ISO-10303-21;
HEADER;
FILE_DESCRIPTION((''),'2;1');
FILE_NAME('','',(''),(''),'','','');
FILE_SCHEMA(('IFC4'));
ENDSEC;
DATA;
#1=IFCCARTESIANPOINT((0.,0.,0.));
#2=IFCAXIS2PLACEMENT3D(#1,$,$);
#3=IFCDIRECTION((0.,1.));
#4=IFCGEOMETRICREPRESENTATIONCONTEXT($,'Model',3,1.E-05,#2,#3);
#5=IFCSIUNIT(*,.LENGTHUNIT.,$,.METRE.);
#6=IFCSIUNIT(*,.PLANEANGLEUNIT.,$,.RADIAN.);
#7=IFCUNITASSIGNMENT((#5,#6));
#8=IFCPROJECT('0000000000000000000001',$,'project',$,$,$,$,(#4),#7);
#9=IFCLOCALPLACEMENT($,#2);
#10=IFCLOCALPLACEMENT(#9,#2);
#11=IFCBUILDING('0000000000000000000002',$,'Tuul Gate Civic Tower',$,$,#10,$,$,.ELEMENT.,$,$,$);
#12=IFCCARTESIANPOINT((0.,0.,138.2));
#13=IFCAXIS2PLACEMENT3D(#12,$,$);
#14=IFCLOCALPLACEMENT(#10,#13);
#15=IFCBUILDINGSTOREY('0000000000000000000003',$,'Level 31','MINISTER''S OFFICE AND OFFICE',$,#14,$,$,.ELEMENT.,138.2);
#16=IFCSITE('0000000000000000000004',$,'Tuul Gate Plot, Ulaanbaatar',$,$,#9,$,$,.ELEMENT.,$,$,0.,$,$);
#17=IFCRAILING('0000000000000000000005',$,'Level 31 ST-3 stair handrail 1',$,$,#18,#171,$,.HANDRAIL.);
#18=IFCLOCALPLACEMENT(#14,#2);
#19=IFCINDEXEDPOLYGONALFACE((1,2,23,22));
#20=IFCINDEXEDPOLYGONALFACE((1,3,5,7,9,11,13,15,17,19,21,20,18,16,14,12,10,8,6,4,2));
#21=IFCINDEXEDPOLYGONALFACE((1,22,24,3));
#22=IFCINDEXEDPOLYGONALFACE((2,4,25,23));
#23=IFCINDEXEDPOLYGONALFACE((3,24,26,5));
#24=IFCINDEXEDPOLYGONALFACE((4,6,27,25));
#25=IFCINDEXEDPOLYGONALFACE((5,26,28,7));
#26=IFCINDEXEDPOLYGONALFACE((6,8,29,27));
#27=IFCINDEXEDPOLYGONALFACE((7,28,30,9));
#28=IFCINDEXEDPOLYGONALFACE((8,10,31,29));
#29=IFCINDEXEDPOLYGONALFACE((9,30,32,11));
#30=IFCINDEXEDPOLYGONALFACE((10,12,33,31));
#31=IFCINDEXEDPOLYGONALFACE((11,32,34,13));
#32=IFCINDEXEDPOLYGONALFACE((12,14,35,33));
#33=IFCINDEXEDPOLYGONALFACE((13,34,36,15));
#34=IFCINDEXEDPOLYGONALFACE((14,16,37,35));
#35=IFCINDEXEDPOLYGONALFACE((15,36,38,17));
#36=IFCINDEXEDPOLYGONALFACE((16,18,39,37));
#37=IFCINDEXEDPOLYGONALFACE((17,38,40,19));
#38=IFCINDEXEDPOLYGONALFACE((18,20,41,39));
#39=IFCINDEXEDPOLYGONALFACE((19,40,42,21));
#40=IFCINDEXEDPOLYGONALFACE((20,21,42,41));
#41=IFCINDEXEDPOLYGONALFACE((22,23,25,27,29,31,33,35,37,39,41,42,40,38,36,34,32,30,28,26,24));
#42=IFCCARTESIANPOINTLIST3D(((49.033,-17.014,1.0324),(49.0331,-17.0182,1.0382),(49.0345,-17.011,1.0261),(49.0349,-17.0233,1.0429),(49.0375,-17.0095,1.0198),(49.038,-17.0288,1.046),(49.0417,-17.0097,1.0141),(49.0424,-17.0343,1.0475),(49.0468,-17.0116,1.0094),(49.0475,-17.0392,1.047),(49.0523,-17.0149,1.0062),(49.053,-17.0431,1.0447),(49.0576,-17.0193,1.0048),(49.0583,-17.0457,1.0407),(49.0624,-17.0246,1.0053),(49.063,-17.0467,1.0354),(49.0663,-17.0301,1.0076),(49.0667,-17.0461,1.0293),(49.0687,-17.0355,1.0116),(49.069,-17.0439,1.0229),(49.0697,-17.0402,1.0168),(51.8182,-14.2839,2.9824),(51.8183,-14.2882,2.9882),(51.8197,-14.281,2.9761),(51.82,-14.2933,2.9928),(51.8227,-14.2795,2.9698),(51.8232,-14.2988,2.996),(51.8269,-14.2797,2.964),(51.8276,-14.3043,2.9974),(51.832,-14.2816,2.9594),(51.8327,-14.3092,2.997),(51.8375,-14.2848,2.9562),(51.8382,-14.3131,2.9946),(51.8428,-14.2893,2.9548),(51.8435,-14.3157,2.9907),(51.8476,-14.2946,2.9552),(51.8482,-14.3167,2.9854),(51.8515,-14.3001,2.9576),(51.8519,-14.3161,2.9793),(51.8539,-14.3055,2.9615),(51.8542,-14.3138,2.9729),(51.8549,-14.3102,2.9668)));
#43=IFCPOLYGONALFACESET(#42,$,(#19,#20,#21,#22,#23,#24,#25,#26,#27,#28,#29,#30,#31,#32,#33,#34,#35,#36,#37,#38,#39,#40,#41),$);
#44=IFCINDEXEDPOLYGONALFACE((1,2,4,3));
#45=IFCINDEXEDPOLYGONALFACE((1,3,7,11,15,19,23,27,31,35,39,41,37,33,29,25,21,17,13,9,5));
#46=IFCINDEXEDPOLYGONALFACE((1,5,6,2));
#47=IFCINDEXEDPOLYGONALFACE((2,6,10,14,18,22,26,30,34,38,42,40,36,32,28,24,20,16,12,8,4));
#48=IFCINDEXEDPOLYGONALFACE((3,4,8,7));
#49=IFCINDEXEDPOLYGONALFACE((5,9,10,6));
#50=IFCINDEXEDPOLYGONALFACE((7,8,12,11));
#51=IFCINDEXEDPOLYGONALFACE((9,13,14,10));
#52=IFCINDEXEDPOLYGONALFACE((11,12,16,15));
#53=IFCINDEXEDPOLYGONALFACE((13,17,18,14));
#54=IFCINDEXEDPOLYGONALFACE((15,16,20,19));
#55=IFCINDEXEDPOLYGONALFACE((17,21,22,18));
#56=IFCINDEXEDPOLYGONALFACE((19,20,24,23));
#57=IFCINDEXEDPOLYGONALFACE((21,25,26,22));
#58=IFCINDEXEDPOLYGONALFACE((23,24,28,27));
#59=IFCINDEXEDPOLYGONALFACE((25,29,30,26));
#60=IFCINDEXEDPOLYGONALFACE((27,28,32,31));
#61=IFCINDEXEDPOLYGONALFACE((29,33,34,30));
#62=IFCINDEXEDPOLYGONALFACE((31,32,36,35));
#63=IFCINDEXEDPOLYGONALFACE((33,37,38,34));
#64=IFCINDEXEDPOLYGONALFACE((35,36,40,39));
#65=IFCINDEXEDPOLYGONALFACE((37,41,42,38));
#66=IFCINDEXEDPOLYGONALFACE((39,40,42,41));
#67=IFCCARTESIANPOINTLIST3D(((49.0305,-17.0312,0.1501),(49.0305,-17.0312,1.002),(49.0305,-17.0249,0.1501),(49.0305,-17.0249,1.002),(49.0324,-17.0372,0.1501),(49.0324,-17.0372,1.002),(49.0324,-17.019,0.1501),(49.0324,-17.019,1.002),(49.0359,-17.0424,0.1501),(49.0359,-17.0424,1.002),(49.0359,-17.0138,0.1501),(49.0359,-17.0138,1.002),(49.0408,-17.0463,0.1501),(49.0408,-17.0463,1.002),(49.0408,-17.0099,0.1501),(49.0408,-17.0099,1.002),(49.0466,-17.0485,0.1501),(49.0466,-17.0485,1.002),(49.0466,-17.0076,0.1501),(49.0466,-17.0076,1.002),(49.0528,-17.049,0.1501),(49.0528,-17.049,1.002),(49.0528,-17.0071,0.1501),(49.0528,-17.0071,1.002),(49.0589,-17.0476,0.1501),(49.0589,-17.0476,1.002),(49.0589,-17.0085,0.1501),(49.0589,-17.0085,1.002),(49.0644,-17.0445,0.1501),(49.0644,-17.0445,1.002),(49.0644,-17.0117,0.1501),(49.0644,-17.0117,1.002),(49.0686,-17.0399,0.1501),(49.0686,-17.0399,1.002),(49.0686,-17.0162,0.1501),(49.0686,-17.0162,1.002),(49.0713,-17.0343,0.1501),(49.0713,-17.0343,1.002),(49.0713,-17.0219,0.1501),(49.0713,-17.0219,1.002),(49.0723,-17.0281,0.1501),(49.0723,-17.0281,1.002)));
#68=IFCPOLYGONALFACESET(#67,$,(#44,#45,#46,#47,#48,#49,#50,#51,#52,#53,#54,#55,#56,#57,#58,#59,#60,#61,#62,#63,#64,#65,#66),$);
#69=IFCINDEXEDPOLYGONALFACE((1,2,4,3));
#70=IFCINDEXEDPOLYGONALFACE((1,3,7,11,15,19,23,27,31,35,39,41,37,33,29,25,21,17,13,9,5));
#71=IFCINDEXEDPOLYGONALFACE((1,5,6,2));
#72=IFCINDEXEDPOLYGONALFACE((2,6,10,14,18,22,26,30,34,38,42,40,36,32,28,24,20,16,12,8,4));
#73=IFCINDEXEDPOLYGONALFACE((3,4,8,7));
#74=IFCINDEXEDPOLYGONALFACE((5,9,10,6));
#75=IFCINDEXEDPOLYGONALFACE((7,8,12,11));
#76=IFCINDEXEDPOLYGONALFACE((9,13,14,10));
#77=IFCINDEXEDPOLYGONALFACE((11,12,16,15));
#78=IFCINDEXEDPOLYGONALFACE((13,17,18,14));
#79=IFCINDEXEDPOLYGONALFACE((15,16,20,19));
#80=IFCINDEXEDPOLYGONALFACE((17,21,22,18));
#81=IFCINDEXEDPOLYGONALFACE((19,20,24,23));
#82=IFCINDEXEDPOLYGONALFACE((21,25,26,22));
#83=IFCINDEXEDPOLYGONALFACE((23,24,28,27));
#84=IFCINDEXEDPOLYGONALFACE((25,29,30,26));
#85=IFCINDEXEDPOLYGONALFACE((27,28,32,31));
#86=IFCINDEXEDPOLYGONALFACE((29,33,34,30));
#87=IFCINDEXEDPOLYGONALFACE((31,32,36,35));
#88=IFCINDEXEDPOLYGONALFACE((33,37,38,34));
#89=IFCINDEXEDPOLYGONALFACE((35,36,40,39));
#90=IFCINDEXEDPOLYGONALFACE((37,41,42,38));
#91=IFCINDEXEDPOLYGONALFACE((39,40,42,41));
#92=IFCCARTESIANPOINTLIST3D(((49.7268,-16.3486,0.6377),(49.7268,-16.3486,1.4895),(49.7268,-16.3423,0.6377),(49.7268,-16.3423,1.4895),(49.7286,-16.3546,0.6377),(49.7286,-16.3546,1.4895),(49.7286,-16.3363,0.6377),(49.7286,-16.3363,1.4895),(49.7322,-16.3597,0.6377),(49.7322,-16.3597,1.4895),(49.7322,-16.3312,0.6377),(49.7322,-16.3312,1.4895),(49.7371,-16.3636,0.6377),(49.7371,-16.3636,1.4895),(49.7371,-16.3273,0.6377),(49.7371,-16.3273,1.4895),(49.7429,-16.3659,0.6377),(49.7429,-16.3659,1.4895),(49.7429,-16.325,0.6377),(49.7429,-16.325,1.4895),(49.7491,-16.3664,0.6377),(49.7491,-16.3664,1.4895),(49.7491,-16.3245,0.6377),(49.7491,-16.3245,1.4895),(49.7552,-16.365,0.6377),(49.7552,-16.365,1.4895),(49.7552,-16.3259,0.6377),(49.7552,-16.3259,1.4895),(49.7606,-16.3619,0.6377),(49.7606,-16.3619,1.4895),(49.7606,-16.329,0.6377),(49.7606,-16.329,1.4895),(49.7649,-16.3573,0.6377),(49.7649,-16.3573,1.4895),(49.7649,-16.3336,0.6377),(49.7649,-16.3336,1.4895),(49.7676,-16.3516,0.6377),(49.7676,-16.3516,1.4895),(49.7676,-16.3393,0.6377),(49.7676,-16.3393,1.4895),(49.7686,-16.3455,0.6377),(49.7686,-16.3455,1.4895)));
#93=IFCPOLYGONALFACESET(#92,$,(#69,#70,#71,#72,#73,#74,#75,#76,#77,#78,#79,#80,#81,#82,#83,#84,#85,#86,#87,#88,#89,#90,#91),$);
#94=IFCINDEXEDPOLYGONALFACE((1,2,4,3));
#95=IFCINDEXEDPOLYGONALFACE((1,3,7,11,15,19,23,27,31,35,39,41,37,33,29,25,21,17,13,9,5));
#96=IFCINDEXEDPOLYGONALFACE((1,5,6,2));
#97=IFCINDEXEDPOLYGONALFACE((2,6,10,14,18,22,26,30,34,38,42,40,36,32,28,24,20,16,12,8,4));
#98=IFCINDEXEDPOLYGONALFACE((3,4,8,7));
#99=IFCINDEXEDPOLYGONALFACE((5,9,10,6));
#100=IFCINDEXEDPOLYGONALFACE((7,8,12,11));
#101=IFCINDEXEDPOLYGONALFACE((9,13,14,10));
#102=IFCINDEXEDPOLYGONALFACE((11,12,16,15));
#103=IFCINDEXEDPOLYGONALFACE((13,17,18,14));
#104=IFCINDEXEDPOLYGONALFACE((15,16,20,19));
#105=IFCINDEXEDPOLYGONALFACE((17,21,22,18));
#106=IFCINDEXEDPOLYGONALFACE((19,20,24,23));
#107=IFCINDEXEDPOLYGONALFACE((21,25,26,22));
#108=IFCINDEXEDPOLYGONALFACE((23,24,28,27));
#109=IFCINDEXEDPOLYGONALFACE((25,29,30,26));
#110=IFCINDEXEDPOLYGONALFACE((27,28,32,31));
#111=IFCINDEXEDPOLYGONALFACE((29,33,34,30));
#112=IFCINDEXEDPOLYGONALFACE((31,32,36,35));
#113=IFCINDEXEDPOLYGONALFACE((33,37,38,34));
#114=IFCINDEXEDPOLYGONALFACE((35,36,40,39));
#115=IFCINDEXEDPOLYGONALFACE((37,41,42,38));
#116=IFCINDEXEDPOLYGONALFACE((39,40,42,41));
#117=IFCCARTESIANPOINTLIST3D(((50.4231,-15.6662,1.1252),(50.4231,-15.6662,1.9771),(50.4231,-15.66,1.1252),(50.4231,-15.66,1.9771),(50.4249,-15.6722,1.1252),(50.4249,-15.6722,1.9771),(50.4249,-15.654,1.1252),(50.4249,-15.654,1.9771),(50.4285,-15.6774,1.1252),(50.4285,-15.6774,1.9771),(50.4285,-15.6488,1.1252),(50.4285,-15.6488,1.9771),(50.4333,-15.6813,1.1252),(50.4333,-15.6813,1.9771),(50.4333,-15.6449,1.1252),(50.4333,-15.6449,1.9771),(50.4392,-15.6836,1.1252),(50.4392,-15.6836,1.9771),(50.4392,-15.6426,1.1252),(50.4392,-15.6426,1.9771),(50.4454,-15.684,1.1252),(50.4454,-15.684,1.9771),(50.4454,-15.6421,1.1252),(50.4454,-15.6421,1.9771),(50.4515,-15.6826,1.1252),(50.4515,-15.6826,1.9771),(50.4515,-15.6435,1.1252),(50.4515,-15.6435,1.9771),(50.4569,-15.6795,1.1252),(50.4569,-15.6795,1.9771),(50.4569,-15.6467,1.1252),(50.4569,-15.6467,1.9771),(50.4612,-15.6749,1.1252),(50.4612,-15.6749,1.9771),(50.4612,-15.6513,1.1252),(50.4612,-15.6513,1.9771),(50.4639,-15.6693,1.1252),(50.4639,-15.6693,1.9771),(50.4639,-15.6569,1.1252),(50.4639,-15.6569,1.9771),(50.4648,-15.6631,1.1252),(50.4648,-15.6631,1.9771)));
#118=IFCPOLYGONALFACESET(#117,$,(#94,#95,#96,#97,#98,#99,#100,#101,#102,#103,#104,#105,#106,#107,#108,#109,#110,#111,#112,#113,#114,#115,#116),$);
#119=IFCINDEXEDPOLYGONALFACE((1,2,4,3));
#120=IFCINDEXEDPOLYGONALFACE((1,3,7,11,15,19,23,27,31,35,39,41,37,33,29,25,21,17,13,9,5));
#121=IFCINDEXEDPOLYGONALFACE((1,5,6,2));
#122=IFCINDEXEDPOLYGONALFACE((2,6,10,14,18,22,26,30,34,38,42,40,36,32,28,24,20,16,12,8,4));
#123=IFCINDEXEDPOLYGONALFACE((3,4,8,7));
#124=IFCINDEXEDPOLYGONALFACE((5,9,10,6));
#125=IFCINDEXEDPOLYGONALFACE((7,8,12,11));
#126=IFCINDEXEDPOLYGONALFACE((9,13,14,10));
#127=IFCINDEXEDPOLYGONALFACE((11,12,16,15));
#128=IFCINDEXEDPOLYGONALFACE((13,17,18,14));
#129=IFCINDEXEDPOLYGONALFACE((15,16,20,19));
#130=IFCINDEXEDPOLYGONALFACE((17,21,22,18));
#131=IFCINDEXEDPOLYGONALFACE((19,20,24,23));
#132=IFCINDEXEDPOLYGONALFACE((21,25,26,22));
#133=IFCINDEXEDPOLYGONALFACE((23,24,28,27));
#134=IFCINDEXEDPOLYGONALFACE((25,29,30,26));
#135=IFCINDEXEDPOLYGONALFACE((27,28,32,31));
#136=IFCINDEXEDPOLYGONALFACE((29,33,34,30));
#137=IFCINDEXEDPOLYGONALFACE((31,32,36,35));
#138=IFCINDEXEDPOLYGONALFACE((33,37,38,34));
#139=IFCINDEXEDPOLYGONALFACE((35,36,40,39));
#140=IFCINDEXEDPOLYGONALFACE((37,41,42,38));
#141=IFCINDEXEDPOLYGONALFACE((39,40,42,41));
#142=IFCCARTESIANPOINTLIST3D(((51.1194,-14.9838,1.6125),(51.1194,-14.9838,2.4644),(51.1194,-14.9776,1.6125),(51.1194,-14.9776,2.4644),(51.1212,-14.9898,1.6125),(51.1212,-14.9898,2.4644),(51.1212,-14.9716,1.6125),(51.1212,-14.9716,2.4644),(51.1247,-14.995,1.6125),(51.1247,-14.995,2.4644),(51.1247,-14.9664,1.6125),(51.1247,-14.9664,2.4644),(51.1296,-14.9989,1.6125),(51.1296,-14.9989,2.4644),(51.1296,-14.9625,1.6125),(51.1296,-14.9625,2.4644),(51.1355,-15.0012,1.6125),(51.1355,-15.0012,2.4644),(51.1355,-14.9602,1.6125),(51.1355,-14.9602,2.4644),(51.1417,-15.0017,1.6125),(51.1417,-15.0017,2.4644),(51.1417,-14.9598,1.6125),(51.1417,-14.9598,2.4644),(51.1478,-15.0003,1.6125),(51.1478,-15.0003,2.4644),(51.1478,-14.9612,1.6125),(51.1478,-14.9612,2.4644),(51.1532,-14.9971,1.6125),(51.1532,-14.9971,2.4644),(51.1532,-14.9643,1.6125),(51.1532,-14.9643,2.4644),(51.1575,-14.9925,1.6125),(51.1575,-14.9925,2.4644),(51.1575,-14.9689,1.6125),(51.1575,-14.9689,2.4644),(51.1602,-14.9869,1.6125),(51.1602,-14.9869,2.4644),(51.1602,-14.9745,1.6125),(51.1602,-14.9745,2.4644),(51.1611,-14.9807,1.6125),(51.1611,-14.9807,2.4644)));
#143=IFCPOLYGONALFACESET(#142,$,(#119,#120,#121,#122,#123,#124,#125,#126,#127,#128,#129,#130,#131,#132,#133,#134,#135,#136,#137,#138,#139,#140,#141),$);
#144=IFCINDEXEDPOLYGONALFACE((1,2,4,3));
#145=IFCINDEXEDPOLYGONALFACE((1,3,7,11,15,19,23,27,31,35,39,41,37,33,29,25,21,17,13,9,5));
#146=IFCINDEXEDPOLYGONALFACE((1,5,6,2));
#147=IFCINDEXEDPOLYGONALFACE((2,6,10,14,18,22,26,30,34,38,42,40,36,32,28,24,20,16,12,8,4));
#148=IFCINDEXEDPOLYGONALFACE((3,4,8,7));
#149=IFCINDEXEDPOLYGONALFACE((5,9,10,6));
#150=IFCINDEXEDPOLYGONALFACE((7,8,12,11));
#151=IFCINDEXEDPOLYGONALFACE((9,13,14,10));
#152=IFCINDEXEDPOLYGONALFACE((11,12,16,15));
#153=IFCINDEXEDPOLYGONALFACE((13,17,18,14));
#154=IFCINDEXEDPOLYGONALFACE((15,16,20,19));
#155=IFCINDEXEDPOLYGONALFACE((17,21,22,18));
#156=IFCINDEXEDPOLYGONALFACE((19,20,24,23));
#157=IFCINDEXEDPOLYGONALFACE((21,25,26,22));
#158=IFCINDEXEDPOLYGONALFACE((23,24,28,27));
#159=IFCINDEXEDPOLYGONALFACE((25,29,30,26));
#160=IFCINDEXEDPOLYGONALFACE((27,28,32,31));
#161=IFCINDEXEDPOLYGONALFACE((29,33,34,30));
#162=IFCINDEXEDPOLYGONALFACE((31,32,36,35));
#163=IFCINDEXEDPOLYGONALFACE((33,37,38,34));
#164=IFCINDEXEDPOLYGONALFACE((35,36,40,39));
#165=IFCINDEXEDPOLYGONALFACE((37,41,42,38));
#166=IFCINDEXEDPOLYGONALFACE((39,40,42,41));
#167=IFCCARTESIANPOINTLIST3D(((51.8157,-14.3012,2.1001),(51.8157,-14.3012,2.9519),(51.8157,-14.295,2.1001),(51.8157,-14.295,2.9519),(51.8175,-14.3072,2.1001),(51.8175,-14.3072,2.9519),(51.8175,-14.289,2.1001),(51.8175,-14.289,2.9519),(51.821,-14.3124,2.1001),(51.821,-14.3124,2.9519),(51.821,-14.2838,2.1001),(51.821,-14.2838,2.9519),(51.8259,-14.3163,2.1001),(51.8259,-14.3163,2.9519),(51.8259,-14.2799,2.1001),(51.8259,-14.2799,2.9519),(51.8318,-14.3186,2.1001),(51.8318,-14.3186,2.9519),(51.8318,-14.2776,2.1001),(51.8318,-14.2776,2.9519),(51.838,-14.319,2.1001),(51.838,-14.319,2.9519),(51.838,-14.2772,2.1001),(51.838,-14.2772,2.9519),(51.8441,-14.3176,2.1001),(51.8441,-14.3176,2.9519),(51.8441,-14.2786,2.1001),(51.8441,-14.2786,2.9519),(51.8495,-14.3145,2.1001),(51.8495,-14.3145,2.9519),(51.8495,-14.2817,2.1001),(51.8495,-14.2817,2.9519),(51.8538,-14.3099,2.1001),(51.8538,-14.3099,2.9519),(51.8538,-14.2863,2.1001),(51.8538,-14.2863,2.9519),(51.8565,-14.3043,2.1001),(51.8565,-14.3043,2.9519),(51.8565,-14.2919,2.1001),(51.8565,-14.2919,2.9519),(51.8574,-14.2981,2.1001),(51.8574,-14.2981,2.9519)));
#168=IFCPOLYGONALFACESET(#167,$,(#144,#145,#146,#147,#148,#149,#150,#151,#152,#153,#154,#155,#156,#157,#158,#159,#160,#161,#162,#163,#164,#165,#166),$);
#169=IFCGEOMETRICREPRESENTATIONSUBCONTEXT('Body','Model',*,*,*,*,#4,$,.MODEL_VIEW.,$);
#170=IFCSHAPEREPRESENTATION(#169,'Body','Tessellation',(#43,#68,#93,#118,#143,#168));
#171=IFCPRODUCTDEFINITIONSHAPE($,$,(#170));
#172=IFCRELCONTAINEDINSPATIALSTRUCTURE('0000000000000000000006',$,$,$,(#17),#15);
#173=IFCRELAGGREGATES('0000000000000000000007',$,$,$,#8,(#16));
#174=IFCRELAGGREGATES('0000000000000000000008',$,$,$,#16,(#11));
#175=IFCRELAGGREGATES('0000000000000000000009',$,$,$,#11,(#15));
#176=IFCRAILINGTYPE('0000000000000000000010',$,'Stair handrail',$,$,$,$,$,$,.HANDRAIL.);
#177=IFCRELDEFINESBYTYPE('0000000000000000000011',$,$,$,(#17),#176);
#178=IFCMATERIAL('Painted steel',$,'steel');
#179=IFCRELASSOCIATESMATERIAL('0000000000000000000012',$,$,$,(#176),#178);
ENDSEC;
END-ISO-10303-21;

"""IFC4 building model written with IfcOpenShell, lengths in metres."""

from ifc_helpers import new_model, si_unit, direction, frame, origin, origin_2d, place, context, subcontext, project, spatial, circle, extrude, material, type_object, element, save


model = new_model("IFC4")

# Units and contexts
model_context = context("Model", 3, precision=1e-05, world=origin(), true_north=direction((0.0, 1.0)))
body_context = subcontext(model_context, "Body", "Model", "MODEL_VIEW")
ifc_project = project(units=[si_unit("LENGTHUNIT", "METRE"), si_unit("PLANEANGLEUNIT", "RADIAN")], contexts=[model_context])

# Site, building, storey
site_placement = place(None, origin())
site = spatial("IfcSite", under=ifc_project, at=site_placement, Name="Tuul Gate Plot, Ulaanbaatar", CompositionType="ELEMENT", RefElevation=0.0)
building_placement = place(site_placement, origin())
building = spatial("IfcBuilding", under=site, at=building_placement, Name="Tuul Gate Civic Tower", CompositionType="ELEMENT")
storey_placement = place(building_placement, frame((0.0, 0.0, 138.2)))
storey = spatial("IfcBuildingStorey", under=building, at=storey_placement, Name="Level 31", Description="MINISTER'S OFFICE AND OFFICE", CompositionType="ELEMENT", Elevation=138.2)

# Railing
ifc_material_1 = material(Name="Painted steel", Category="steel")
railing_type_1 = type_object("IfcRailingType", Name="Stair handrail", PredefinedType="HANDRAIL", material=ifc_material_1)
railing_1_placement = place(storey_placement, frame((49.0513, -17.0281, 0.1501)))
element("IfcRailing", 1, at=railing_1_placement, inside=storey, type_object=railing_type_1, Name="Level 31 ST-3 stair handrail 1", PredefinedType="HANDRAIL", context=body_context, shape_type="SweptSolid", body=[
    extrude(circle(Radius=0.0239, at=origin_2d()), frame((0.0, 0.0, 0.876), z_axis=(0.638754, 0.6261, 0.447206), x_axis=(-0.699998, 0.714145, 0.0)), (0.0, 0.0, 1.0), 4.3604),
    extrude(circle(Radius=0.021, at=origin_2d()), origin(), (0.0, 0.0, 1.0), 0.8518),
    extrude(circle(Radius=0.021, at=origin_2d()), frame((0.6963, 0.6826, 0.4875)), (0.0, 0.0, 1.0), 0.8518),
    extrude(circle(Radius=0.021, at=origin_2d()), frame((1.3926, 1.365, 0.9751)), (0.0, 0.0, 1.0), 0.8518),
    extrude(circle(Radius=0.021, at=origin_2d()), frame((2.0889, 2.0474, 1.4624)), (0.0, 0.0, 1.0), 0.8518),
    extrude(circle(Radius=0.021, at=origin_2d()), frame((2.7852, 2.73, 1.95)), (0.0, 0.0, 1.0), 0.8518),
])

save(model, "model.ifc")
